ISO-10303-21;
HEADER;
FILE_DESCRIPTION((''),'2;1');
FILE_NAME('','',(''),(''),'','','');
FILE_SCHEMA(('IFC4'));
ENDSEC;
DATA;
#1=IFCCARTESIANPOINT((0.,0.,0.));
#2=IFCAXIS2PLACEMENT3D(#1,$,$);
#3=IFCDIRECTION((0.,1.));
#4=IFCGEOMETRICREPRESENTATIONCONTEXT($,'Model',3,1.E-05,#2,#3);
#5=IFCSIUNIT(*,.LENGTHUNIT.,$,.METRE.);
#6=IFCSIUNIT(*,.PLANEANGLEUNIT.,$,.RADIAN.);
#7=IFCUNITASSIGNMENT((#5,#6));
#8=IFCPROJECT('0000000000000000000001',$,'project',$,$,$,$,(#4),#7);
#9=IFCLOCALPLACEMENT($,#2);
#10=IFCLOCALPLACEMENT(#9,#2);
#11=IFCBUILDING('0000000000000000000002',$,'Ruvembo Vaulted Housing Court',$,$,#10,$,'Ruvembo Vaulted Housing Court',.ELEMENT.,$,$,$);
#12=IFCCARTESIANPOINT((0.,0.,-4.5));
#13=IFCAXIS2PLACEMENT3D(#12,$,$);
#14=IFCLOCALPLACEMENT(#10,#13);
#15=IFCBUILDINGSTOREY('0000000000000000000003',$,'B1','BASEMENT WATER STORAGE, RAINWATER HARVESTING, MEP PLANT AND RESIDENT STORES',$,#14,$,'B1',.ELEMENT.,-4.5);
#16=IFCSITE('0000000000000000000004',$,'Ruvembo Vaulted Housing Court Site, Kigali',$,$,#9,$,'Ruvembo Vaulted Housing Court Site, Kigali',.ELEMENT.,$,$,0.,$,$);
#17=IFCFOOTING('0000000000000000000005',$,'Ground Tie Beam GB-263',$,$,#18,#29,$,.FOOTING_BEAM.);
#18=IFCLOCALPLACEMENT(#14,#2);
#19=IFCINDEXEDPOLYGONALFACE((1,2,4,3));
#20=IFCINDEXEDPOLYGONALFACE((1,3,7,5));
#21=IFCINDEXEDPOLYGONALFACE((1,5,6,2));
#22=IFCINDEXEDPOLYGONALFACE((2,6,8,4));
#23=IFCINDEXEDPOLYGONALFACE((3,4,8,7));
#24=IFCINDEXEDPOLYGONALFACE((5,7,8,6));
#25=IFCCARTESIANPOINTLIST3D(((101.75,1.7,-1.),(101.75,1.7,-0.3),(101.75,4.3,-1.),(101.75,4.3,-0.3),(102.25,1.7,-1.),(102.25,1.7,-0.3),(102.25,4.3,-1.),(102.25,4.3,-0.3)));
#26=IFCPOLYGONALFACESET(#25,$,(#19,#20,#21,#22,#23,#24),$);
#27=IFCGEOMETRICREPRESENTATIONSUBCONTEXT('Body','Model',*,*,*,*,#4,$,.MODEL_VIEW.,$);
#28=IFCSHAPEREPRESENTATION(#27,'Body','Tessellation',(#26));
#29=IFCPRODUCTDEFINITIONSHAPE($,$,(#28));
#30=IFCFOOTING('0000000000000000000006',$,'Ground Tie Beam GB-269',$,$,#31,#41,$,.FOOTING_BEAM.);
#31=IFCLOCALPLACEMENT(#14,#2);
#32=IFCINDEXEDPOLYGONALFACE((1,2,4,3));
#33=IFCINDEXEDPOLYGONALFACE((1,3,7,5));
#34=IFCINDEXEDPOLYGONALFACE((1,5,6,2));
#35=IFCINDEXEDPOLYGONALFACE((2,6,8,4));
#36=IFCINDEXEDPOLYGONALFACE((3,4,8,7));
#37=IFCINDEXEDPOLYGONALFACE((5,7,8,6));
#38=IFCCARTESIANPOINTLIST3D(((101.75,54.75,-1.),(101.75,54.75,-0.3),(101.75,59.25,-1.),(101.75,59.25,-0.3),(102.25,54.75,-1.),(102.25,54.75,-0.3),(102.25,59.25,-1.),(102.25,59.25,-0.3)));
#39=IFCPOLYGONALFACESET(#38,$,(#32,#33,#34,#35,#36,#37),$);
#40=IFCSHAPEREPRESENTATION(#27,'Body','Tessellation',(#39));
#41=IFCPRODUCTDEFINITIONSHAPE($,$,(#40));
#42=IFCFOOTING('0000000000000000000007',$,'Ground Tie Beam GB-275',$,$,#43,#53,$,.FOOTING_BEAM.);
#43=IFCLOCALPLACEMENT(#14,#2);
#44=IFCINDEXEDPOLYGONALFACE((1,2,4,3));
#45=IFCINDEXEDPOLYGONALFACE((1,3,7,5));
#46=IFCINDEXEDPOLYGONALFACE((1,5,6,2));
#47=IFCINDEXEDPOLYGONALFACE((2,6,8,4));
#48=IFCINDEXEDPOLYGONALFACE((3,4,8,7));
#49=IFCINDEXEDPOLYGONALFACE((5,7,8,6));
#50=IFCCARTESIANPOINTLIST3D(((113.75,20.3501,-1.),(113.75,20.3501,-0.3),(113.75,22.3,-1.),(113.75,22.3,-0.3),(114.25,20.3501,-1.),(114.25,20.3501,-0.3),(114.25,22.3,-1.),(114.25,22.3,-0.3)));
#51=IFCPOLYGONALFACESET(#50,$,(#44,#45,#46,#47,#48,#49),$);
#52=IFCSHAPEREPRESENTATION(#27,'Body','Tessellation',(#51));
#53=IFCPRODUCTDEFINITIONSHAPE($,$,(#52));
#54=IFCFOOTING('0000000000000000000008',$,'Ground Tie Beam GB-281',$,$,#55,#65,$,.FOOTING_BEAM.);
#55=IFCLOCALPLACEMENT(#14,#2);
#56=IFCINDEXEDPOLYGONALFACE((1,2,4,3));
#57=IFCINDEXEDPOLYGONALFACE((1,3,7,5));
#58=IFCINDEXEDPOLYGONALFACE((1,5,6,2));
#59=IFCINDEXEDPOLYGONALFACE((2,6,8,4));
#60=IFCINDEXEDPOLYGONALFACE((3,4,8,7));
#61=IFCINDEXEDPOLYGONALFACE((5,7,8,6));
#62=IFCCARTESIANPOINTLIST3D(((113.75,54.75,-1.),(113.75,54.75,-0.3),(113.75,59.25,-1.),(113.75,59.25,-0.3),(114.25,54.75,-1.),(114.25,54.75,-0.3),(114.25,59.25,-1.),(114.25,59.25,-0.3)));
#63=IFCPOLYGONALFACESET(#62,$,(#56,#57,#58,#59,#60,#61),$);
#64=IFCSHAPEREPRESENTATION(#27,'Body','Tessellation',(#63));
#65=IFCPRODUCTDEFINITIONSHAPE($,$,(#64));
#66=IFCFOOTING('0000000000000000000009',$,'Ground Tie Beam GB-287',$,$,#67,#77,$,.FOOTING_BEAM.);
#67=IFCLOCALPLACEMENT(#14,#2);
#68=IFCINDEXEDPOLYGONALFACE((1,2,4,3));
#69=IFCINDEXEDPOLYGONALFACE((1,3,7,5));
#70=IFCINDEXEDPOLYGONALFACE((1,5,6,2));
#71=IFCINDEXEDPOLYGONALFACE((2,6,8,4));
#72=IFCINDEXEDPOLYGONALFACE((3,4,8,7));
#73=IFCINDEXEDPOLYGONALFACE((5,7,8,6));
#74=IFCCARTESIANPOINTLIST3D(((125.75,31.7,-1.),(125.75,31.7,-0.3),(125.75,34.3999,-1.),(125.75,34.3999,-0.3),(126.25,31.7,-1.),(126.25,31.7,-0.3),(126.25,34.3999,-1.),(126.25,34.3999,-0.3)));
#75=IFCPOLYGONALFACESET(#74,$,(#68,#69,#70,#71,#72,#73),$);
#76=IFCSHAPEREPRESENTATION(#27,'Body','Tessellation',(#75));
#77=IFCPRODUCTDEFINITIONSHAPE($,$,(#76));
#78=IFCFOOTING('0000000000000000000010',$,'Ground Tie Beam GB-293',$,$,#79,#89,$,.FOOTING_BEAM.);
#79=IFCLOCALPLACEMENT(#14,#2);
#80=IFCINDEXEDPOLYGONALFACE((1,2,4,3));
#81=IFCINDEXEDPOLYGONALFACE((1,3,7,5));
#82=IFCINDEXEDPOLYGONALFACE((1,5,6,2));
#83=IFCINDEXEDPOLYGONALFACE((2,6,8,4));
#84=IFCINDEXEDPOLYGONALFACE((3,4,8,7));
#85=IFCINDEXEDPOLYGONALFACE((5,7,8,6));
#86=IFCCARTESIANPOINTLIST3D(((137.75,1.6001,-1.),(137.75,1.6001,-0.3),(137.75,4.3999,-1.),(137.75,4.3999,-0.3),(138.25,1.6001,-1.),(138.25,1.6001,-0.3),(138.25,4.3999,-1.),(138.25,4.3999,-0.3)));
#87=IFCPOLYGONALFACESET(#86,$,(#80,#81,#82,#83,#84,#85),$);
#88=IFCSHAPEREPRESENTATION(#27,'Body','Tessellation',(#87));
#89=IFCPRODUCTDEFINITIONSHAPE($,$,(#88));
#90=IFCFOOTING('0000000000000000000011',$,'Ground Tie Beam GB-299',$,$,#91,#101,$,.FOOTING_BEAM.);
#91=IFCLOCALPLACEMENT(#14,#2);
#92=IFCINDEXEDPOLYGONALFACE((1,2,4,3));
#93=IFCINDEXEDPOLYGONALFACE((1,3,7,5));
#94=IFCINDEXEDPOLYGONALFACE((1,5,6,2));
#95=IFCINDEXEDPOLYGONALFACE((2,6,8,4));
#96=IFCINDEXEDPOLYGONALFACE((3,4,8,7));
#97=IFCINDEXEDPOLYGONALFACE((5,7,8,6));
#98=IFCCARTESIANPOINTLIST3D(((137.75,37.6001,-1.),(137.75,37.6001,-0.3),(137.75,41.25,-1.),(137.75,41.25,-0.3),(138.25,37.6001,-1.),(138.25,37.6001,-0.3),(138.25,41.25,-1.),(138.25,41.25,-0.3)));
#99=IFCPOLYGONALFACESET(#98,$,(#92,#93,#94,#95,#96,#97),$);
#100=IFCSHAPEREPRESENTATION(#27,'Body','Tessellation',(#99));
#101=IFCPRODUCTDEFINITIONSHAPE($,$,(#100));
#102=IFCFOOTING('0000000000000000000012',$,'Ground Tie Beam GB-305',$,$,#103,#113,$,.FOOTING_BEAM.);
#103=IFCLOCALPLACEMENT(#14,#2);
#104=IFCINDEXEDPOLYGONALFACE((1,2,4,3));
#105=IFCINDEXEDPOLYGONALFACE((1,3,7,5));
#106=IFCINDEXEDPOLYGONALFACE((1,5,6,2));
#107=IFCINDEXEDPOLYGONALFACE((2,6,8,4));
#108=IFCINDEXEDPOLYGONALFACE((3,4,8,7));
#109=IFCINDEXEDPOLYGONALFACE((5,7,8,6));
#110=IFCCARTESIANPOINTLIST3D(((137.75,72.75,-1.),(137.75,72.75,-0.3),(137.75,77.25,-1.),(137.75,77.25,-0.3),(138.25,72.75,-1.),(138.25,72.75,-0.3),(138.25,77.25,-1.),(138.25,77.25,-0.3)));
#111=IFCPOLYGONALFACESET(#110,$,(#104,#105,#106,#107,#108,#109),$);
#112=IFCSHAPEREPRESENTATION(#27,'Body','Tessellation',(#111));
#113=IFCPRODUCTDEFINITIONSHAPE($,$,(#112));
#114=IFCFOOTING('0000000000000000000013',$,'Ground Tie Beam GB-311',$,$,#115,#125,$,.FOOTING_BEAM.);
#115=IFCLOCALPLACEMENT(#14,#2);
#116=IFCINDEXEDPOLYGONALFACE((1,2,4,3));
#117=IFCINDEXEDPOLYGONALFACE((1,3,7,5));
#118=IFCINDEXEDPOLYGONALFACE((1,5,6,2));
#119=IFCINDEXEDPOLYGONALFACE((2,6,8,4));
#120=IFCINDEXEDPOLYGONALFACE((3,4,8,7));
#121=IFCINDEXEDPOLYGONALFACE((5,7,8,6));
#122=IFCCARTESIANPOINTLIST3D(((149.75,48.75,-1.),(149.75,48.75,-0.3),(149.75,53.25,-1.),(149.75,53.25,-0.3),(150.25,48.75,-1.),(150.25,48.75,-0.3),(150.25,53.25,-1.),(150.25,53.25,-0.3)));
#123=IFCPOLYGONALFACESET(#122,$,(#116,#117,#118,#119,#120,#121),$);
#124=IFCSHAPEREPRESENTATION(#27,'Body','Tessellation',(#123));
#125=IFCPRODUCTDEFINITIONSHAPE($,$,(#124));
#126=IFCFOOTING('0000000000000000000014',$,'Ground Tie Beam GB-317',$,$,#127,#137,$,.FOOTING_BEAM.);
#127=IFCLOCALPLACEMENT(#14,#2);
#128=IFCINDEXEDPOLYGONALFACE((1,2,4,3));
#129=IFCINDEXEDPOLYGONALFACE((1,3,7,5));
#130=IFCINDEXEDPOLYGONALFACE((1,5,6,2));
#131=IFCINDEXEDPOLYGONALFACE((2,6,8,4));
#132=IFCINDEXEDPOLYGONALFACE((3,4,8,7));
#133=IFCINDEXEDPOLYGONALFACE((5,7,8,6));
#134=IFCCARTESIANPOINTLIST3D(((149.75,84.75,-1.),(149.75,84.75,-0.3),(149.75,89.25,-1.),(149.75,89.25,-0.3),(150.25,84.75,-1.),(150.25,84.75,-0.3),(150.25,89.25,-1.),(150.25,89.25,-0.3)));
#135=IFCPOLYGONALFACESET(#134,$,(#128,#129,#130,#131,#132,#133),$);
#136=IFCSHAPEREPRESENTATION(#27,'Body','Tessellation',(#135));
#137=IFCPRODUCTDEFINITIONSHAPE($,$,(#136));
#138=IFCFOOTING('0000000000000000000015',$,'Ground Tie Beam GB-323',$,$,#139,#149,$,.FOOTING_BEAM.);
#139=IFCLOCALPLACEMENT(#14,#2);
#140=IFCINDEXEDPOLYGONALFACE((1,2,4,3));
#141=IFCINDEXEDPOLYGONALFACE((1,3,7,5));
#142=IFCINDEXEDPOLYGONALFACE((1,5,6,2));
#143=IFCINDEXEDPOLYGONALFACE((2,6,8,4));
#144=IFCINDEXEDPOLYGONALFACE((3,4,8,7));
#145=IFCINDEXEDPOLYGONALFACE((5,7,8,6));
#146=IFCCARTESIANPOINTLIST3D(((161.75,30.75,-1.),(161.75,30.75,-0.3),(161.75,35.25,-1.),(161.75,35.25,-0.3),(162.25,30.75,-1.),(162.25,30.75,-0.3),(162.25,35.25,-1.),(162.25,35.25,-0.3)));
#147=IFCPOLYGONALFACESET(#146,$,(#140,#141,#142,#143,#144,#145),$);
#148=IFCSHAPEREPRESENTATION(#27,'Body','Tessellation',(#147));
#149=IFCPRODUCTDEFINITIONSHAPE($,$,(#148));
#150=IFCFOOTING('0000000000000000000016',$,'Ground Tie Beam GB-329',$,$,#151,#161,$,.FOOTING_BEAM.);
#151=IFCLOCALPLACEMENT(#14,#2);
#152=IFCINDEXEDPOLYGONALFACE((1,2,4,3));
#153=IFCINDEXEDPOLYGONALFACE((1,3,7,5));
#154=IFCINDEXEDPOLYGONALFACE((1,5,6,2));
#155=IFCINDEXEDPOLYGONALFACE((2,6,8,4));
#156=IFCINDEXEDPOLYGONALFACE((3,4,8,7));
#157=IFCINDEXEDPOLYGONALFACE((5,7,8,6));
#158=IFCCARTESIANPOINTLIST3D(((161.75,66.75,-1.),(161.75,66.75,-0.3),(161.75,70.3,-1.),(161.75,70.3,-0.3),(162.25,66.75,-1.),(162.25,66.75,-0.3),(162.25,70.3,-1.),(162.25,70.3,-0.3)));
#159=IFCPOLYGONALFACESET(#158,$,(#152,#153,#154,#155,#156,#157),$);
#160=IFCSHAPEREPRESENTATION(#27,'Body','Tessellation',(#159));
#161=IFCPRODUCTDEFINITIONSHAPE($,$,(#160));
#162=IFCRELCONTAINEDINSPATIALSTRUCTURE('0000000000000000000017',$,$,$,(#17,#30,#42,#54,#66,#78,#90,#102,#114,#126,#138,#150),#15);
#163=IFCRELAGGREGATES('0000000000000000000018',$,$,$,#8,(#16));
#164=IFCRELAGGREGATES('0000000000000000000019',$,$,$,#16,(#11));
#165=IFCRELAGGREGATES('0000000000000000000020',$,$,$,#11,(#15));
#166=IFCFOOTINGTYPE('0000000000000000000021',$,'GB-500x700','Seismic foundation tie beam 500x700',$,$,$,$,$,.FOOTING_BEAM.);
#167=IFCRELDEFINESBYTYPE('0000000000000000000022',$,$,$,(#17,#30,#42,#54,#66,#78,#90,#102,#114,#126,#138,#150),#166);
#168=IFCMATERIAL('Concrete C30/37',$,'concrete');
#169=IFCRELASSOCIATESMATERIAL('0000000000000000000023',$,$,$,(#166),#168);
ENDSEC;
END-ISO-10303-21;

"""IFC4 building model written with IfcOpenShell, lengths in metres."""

from ifc_helpers import new_model, si_unit, direction, frame, origin, place, context, subcontext, project, spatial, polyline, outline, extrude, material, type_object, element, save


model = new_model("IFC4")

# Units and contexts
model_context = context("Model", 3, precision=1e-05, world=origin(), true_north=direction((0.0, 1.0)))
body_context = subcontext(model_context, "Body", "Model", "MODEL_VIEW")
ifc_project = project(units=[si_unit("LENGTHUNIT", "METRE"), si_unit("PLANEANGLEUNIT", "RADIAN")], contexts=[model_context])

# Site, building, storey
site_placement = place(None, origin())
site = spatial("IfcSite", under=ifc_project, at=site_placement, Name="Ruvembo Vaulted Housing Court Site, Kigali", LongName="Ruvembo Vaulted Housing Court Site, Kigali", CompositionType="ELEMENT", RefElevation=0.0)
building_placement = place(site_placement, origin())
building = spatial("IfcBuilding", under=site, at=building_placement, Name="Ruvembo Vaulted Housing Court", LongName="Ruvembo Vaulted Housing Court", CompositionType="ELEMENT")
storey_placement = place(building_placement, frame((0.0, 0.0, -4.5)))
storey = spatial("IfcBuildingStorey", under=building, at=storey_placement, Name="B1", Description="BASEMENT WATER STORAGE, RAINWATER HARVESTING, MEP PLANT AND RESIDENT STORES", LongName="B1", CompositionType="ELEMENT", Elevation=-4.5)

# Footings
ifc_material = material(Name="Concrete C30/37", Category="concrete")
footing_type_1 = type_object("IfcFootingType", Name="GB-500x700", Description="Seismic foundation tie beam 500x700", PredefinedType="FOOTING_BEAM", material=ifc_material)
footing_1_placement = place(storey_placement, frame((0.0, 0.0, -1.0)))
element("IfcFooting", 1, at=footing_1_placement, inside=storey, type_object=footing_type_1, Name="Ground Tie Beam GB-263", PredefinedType="FOOTING_BEAM", context=body_context, shape_type="SweptSolid", body=[
    extrude(outline(polyline([(101.75, 1.7), (102.25, 1.7), (102.25, 4.3), (101.75, 4.3), (101.75, 1.7)])), origin(), (0.0, 0.0, 1.0), 0.7),
])
footing_2_placement = place(storey_placement, frame((0.0, 0.0, -1.0)))
element("IfcFooting", 2, at=footing_2_placement, inside=storey, type_object=footing_type_1, Name="Ground Tie Beam GB-269", PredefinedType="FOOTING_BEAM", context=body_context, shape_type="SweptSolid", body=[
    extrude(outline(polyline([(101.75, 54.75), (102.25, 54.75), (102.25, 59.25), (101.75, 59.25), (101.75, 54.75)])), origin(), (0.0, 0.0, 1.0), 0.7),
])
footing_3_placement = place(storey_placement, frame((0.0, 0.0, -1.0)))
element("IfcFooting", 3, at=footing_3_placement, inside=storey, type_object=footing_type_1, Name="Ground Tie Beam GB-275", PredefinedType="FOOTING_BEAM", context=body_context, shape_type="SweptSolid", body=[
    extrude(outline(polyline([(113.75, 20.3501), (114.25, 20.3501), (114.25, 22.3), (113.75, 22.3), (113.75, 20.3501)])), origin(), (0.0, 0.0, 1.0), 0.7),
])
footing_4_placement = place(storey_placement, frame((0.0, 0.0, -1.0)))
element("IfcFooting", 4, at=footing_4_placement, inside=storey, type_object=footing_type_1, Name="Ground Tie Beam GB-281", PredefinedType="FOOTING_BEAM", context=body_context, shape_type="SweptSolid", body=[
    extrude(outline(polyline([(113.75, 54.75), (114.25, 54.75), (114.25, 59.25), (113.75, 59.25), (113.75, 54.75)])), origin(), (0.0, 0.0, 1.0), 0.7),
])
footing_5_placement = place(storey_placement, frame((0.0, 0.0, -1.0)))
element("IfcFooting", 5, at=footing_5_placement, inside=storey, type_object=footing_type_1, Name="Ground Tie Beam GB-287", PredefinedType="FOOTING_BEAM", context=body_context, shape_type="SweptSolid", body=[
    extrude(outline(polyline([(125.75, 31.7), (126.25, 31.7), (126.25, 34.3999), (125.75, 34.3999), (125.75, 31.7)])), origin(), (0.0, 0.0, 1.0), 0.7),
])
footing_6_placement = place(storey_placement, frame((0.0, 0.0, -1.0)))
element("IfcFooting", 6, at=footing_6_placement, inside=storey, type_object=footing_type_1, Name="Ground Tie Beam GB-293", PredefinedType="FOOTING_BEAM", context=body_context, shape_type="SweptSolid", body=[
    extrude(outline(polyline([(137.75, 1.6001), (138.25, 1.6001), (138.25, 4.3999), (137.75, 4.3999), (137.75, 1.6001)])), origin(), (0.0, 0.0, 1.0), 0.7),
])
footing_7_placement = place(storey_placement, frame((0.0, 0.0, -1.0)))
element("IfcFooting", 7, at=footing_7_placement, inside=storey, type_object=footing_type_1, Name="Ground Tie Beam GB-299", PredefinedType="FOOTING_BEAM", context=body_context, shape_type="SweptSolid", body=[
    extrude(outline(polyline([(137.75, 37.6001), (138.25, 37.6001), (138.25, 41.25), (137.75, 41.25), (137.75, 37.6001)])), origin(), (0.0, 0.0, 1.0), 0.7),
])
footing_8_placement = place(storey_placement, frame((0.0, 0.0, -1.0)))
element("IfcFooting", 8, at=footing_8_placement, inside=storey, type_object=footing_type_1, Name="Ground Tie Beam GB-305", PredefinedType="FOOTING_BEAM", context=body_context, shape_type="SweptSolid", body=[
    extrude(outline(polyline([(137.75, 72.75), (138.25, 72.75), (138.25, 77.25), (137.75, 77.25), (137.75, 72.75)])), origin(), (0.0, 0.0, 1.0), 0.7),
])
footing_9_placement = place(storey_placement, frame((0.0, 0.0, -1.0)))
element("IfcFooting", 9, at=footing_9_placement, inside=storey, type_object=footing_type_1, Name="Ground Tie Beam GB-311", PredefinedType="FOOTING_BEAM", context=body_context, shape_type="SweptSolid", body=[
    extrude(outline(polyline([(149.75, 48.75), (150.25, 48.75), (150.25, 53.25), (149.75, 53.25), (149.75, 48.75)])), origin(), (0.0, 0.0, 1.0), 0.7),
])
footing_10_placement = place(storey_placement, frame((0.0, 0.0, -1.0)))
element("IfcFooting", 10, at=footing_10_placement, inside=storey, type_object=footing_type_1, Name="Ground Tie Beam GB-317", PredefinedType="FOOTING_BEAM", context=body_context, shape_type="SweptSolid", body=[
    extrude(outline(polyline([(149.75, 84.75), (150.25, 84.75), (150.25, 89.25), (149.75, 89.25), (149.75, 84.75)])), origin(), (0.0, 0.0, 1.0), 0.7),
])
footing_11_placement = place(storey_placement, frame((0.0, 0.0, -1.0)))
element("IfcFooting", 11, at=footing_11_placement, inside=storey, type_object=footing_type_1, Name="Ground Tie Beam GB-323", PredefinedType="FOOTING_BEAM", context=body_context, shape_type="SweptSolid", body=[
    extrude(outline(polyline([(161.75, 30.75), (162.25, 30.75), (162.25, 35.25), (161.75, 35.25), (161.75, 30.75)])), origin(), (0.0, 0.0, 1.0), 0.7),
])
footing_12_placement = place(storey_placement, frame((0.0, 0.0, -1.0)))
element("IfcFooting", 12, at=footing_12_placement, inside=storey, type_object=footing_type_1, Name="Ground Tie Beam GB-329", PredefinedType="FOOTING_BEAM", context=body_context, shape_type="SweptSolid", body=[
    extrude(outline(polyline([(161.75, 66.75), (162.25, 66.75), (162.25, 70.3), (161.75, 70.3), (161.75, 66.75)])), origin(), (0.0, 0.0, 1.0), 0.7),
])

save(model, "model.ifc")
